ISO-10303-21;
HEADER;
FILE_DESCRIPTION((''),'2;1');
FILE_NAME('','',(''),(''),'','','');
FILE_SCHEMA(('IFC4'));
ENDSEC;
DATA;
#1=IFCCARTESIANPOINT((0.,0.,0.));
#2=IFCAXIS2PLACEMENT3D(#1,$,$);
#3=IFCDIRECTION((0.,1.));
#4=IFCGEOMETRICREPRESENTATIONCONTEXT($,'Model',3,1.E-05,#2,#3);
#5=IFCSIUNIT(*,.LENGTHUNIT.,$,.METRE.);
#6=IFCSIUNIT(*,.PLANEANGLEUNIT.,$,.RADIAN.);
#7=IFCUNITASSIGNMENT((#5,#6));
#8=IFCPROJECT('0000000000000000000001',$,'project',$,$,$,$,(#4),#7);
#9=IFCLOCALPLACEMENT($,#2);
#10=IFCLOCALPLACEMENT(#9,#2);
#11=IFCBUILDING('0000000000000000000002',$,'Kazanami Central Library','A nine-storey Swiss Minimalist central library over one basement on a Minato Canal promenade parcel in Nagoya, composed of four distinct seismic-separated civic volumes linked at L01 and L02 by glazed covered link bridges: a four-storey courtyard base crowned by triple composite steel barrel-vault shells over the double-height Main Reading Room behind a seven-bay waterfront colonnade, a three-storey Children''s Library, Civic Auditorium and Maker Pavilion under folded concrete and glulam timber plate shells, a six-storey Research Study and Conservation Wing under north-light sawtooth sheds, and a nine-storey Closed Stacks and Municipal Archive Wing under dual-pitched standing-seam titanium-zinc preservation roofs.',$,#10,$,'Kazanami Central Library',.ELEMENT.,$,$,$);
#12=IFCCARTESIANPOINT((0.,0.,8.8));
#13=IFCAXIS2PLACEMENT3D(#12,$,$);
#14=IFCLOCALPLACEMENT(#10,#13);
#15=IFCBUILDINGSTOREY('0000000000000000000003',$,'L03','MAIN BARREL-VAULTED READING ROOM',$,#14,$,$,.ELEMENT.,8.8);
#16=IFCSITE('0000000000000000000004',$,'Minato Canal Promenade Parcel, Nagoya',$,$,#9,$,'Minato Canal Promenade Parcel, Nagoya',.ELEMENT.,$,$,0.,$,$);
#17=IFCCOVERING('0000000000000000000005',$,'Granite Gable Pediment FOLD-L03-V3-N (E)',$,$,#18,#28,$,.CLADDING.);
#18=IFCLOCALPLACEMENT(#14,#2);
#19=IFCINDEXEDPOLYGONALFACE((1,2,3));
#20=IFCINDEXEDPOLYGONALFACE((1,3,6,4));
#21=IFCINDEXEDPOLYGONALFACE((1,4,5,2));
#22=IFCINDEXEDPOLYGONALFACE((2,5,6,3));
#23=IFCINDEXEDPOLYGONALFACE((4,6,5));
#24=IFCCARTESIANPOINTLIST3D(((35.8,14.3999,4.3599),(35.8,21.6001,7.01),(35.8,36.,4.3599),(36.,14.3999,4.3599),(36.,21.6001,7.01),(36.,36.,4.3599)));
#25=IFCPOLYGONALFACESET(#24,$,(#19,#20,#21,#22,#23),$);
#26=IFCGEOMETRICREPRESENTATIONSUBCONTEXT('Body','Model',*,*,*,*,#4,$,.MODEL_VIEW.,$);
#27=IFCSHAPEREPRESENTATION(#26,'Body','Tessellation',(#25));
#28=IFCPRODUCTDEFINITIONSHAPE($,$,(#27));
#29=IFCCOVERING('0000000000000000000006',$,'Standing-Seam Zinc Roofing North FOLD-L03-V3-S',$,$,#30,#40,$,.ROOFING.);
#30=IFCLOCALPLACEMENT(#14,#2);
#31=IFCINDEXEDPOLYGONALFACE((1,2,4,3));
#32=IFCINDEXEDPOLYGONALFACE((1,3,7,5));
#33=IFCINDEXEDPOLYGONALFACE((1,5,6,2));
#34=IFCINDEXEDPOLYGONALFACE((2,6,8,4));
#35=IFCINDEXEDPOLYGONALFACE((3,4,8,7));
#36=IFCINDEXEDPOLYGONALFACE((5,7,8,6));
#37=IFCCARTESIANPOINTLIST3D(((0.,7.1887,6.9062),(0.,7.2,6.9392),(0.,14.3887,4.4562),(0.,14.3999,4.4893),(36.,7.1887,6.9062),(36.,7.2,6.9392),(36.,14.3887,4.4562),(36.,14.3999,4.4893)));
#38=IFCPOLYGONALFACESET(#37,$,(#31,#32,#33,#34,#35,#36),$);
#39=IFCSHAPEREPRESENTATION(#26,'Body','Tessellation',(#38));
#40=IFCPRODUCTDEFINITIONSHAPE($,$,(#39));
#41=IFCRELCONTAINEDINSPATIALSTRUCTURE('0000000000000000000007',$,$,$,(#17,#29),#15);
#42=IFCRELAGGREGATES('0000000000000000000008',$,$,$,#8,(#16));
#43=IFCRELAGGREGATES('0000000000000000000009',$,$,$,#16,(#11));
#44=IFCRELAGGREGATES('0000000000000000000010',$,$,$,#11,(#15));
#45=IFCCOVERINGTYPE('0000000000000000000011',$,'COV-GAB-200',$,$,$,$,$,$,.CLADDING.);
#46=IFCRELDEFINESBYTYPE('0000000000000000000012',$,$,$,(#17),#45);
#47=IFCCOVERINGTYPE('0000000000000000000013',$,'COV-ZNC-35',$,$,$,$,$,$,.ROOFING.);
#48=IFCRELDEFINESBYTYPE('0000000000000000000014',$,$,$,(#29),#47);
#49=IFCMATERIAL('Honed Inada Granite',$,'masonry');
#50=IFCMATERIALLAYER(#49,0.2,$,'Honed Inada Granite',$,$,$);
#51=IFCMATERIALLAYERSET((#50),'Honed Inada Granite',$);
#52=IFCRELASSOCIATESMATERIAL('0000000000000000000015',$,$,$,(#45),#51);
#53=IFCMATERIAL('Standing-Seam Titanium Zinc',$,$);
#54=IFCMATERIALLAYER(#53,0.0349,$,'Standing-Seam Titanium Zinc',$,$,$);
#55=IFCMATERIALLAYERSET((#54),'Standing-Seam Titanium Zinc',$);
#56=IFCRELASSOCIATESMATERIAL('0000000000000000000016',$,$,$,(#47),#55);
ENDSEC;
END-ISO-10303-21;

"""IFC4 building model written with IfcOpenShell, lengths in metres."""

from ifc_helpers import new_model, si_unit, direction, frame, origin, place, context, subcontext, project, spatial, polyline, outline, extrude, material, layer, layer_set, type_object, element, save


model = new_model("IFC4")

# Units and contexts
model_context = context("Model", 3, precision=1e-05, world=origin(), true_north=direction((0.0, 1.0)))
body_context = subcontext(model_context, "Body", "Model", "MODEL_VIEW")
ifc_project = project(units=[si_unit("LENGTHUNIT", "METRE"), si_unit("PLANEANGLEUNIT", "RADIAN")], contexts=[model_context])

# Site, building, storey
site_placement = place(None, origin())
site = spatial("IfcSite", under=ifc_project, at=site_placement, Name="Minato Canal Promenade Parcel, Nagoya", LongName="Minato Canal Promenade Parcel, Nagoya", CompositionType="ELEMENT", RefElevation=0.0)
building_placement = place(site_placement, origin())
building = spatial("IfcBuilding", under=site, at=building_placement, Name="Kazanami Central Library", Description="A nine-storey Swiss Minimalist central library over one basement on a Minato Canal promenade parcel in Nagoya, composed of four distinct seismic-separated civic volumes linked at L01 and L02 by glazed covered link bridges: a four-storey courtyard base crowned by triple composite steel barrel-vault shells over the double-height Main Reading Room behind a seven-bay waterfront colonnade, a three-storey Children's Library, Civic Auditorium and Maker Pavilion under folded concrete and glulam timber plate shells, a six-storey Research Study and Conservation Wing under north-light sawtooth sheds, and a nine-storey Closed Stacks and Municipal Archive Wing under dual-pitched standing-seam titanium-zinc preservation roofs.", LongName="Kazanami Central Library", CompositionType="ELEMENT")
storey_placement = place(building_placement, frame((0.0, 0.0, 8.8)))
storey = spatial("IfcBuildingStorey", under=building, at=storey_placement, Name="L03", Description="MAIN BARREL-VAULTED READING ROOM", CompositionType="ELEMENT", Elevation=8.8)

# Coverings
ifc_material_1 = material(Name="Honed Inada Granite", Category="masonry")
ifc_layer_1 = layer(ifc_material_1, 0.2, Name="Honed Inada Granite")
ifc_layer_set_1 = layer_set([ifc_layer_1], Name="Honed Inada Granite")
covering_type_1 = type_object("IfcCoveringType", Name="COV-GAB-200", PredefinedType="CLADDING", material=ifc_layer_set_1)
covering_1_placement = place(storey_placement, frame((36.0, 14.3999, 4.3599), z_axis=(1.0, 0.0, 0.0), x_axis=(0.0, 1.0, 0.0)))
element("IfcCovering", 1, at=covering_1_placement, inside=storey, type_object=covering_type_1, Name="Granite Gable Pediment FOLD-L03-V3-N (E)", PredefinedType="CLADDING", context=body_context, shape_type="SweptSolid", body=[
    extrude(outline(polyline([(0.0, 0.0), (21.6001, 0.0), (7.2002, 2.6501), (0.0, 0.0)])), origin(), (0.0, 0.0, -1.0), 0.2),
])
ifc_material_2 = material(Name="Standing-Seam Titanium Zinc")
ifc_layer_2 = layer(ifc_material_2, 0.0349, Name="Standing-Seam Titanium Zinc")
ifc_layer_set_2 = layer_set([ifc_layer_2], Name="Standing-Seam Titanium Zinc")
covering_type_2 = type_object("IfcCoveringType", Name="COV-ZNC-35", PredefinedType="ROOFING", material=ifc_layer_set_2)
covering_2_placement = place(storey_placement, frame((36.0, 14.3999, 4.4893), z_axis=(0.0, 0.322135, 0.946694), x_axis=(-1.0, 0.0, 0.0)))
element("IfcCovering", 2, at=covering_2_placement, inside=storey, type_object=covering_type_2, Name="Standing-Seam Zinc Roofing North FOLD-L03-V3-S", PredefinedType="ROOFING", context=body_context, shape_type="SweptSolid", body=[
    extrude(outline(polyline([(0.0, 0.0), (36.0, 0.0), (36.0, 7.6054), (0.0, 7.6054), (0.0, 0.0)])), origin(), (0.0, 0.0, -1.0), 0.0349),
])

save(model, "model.ifc")
